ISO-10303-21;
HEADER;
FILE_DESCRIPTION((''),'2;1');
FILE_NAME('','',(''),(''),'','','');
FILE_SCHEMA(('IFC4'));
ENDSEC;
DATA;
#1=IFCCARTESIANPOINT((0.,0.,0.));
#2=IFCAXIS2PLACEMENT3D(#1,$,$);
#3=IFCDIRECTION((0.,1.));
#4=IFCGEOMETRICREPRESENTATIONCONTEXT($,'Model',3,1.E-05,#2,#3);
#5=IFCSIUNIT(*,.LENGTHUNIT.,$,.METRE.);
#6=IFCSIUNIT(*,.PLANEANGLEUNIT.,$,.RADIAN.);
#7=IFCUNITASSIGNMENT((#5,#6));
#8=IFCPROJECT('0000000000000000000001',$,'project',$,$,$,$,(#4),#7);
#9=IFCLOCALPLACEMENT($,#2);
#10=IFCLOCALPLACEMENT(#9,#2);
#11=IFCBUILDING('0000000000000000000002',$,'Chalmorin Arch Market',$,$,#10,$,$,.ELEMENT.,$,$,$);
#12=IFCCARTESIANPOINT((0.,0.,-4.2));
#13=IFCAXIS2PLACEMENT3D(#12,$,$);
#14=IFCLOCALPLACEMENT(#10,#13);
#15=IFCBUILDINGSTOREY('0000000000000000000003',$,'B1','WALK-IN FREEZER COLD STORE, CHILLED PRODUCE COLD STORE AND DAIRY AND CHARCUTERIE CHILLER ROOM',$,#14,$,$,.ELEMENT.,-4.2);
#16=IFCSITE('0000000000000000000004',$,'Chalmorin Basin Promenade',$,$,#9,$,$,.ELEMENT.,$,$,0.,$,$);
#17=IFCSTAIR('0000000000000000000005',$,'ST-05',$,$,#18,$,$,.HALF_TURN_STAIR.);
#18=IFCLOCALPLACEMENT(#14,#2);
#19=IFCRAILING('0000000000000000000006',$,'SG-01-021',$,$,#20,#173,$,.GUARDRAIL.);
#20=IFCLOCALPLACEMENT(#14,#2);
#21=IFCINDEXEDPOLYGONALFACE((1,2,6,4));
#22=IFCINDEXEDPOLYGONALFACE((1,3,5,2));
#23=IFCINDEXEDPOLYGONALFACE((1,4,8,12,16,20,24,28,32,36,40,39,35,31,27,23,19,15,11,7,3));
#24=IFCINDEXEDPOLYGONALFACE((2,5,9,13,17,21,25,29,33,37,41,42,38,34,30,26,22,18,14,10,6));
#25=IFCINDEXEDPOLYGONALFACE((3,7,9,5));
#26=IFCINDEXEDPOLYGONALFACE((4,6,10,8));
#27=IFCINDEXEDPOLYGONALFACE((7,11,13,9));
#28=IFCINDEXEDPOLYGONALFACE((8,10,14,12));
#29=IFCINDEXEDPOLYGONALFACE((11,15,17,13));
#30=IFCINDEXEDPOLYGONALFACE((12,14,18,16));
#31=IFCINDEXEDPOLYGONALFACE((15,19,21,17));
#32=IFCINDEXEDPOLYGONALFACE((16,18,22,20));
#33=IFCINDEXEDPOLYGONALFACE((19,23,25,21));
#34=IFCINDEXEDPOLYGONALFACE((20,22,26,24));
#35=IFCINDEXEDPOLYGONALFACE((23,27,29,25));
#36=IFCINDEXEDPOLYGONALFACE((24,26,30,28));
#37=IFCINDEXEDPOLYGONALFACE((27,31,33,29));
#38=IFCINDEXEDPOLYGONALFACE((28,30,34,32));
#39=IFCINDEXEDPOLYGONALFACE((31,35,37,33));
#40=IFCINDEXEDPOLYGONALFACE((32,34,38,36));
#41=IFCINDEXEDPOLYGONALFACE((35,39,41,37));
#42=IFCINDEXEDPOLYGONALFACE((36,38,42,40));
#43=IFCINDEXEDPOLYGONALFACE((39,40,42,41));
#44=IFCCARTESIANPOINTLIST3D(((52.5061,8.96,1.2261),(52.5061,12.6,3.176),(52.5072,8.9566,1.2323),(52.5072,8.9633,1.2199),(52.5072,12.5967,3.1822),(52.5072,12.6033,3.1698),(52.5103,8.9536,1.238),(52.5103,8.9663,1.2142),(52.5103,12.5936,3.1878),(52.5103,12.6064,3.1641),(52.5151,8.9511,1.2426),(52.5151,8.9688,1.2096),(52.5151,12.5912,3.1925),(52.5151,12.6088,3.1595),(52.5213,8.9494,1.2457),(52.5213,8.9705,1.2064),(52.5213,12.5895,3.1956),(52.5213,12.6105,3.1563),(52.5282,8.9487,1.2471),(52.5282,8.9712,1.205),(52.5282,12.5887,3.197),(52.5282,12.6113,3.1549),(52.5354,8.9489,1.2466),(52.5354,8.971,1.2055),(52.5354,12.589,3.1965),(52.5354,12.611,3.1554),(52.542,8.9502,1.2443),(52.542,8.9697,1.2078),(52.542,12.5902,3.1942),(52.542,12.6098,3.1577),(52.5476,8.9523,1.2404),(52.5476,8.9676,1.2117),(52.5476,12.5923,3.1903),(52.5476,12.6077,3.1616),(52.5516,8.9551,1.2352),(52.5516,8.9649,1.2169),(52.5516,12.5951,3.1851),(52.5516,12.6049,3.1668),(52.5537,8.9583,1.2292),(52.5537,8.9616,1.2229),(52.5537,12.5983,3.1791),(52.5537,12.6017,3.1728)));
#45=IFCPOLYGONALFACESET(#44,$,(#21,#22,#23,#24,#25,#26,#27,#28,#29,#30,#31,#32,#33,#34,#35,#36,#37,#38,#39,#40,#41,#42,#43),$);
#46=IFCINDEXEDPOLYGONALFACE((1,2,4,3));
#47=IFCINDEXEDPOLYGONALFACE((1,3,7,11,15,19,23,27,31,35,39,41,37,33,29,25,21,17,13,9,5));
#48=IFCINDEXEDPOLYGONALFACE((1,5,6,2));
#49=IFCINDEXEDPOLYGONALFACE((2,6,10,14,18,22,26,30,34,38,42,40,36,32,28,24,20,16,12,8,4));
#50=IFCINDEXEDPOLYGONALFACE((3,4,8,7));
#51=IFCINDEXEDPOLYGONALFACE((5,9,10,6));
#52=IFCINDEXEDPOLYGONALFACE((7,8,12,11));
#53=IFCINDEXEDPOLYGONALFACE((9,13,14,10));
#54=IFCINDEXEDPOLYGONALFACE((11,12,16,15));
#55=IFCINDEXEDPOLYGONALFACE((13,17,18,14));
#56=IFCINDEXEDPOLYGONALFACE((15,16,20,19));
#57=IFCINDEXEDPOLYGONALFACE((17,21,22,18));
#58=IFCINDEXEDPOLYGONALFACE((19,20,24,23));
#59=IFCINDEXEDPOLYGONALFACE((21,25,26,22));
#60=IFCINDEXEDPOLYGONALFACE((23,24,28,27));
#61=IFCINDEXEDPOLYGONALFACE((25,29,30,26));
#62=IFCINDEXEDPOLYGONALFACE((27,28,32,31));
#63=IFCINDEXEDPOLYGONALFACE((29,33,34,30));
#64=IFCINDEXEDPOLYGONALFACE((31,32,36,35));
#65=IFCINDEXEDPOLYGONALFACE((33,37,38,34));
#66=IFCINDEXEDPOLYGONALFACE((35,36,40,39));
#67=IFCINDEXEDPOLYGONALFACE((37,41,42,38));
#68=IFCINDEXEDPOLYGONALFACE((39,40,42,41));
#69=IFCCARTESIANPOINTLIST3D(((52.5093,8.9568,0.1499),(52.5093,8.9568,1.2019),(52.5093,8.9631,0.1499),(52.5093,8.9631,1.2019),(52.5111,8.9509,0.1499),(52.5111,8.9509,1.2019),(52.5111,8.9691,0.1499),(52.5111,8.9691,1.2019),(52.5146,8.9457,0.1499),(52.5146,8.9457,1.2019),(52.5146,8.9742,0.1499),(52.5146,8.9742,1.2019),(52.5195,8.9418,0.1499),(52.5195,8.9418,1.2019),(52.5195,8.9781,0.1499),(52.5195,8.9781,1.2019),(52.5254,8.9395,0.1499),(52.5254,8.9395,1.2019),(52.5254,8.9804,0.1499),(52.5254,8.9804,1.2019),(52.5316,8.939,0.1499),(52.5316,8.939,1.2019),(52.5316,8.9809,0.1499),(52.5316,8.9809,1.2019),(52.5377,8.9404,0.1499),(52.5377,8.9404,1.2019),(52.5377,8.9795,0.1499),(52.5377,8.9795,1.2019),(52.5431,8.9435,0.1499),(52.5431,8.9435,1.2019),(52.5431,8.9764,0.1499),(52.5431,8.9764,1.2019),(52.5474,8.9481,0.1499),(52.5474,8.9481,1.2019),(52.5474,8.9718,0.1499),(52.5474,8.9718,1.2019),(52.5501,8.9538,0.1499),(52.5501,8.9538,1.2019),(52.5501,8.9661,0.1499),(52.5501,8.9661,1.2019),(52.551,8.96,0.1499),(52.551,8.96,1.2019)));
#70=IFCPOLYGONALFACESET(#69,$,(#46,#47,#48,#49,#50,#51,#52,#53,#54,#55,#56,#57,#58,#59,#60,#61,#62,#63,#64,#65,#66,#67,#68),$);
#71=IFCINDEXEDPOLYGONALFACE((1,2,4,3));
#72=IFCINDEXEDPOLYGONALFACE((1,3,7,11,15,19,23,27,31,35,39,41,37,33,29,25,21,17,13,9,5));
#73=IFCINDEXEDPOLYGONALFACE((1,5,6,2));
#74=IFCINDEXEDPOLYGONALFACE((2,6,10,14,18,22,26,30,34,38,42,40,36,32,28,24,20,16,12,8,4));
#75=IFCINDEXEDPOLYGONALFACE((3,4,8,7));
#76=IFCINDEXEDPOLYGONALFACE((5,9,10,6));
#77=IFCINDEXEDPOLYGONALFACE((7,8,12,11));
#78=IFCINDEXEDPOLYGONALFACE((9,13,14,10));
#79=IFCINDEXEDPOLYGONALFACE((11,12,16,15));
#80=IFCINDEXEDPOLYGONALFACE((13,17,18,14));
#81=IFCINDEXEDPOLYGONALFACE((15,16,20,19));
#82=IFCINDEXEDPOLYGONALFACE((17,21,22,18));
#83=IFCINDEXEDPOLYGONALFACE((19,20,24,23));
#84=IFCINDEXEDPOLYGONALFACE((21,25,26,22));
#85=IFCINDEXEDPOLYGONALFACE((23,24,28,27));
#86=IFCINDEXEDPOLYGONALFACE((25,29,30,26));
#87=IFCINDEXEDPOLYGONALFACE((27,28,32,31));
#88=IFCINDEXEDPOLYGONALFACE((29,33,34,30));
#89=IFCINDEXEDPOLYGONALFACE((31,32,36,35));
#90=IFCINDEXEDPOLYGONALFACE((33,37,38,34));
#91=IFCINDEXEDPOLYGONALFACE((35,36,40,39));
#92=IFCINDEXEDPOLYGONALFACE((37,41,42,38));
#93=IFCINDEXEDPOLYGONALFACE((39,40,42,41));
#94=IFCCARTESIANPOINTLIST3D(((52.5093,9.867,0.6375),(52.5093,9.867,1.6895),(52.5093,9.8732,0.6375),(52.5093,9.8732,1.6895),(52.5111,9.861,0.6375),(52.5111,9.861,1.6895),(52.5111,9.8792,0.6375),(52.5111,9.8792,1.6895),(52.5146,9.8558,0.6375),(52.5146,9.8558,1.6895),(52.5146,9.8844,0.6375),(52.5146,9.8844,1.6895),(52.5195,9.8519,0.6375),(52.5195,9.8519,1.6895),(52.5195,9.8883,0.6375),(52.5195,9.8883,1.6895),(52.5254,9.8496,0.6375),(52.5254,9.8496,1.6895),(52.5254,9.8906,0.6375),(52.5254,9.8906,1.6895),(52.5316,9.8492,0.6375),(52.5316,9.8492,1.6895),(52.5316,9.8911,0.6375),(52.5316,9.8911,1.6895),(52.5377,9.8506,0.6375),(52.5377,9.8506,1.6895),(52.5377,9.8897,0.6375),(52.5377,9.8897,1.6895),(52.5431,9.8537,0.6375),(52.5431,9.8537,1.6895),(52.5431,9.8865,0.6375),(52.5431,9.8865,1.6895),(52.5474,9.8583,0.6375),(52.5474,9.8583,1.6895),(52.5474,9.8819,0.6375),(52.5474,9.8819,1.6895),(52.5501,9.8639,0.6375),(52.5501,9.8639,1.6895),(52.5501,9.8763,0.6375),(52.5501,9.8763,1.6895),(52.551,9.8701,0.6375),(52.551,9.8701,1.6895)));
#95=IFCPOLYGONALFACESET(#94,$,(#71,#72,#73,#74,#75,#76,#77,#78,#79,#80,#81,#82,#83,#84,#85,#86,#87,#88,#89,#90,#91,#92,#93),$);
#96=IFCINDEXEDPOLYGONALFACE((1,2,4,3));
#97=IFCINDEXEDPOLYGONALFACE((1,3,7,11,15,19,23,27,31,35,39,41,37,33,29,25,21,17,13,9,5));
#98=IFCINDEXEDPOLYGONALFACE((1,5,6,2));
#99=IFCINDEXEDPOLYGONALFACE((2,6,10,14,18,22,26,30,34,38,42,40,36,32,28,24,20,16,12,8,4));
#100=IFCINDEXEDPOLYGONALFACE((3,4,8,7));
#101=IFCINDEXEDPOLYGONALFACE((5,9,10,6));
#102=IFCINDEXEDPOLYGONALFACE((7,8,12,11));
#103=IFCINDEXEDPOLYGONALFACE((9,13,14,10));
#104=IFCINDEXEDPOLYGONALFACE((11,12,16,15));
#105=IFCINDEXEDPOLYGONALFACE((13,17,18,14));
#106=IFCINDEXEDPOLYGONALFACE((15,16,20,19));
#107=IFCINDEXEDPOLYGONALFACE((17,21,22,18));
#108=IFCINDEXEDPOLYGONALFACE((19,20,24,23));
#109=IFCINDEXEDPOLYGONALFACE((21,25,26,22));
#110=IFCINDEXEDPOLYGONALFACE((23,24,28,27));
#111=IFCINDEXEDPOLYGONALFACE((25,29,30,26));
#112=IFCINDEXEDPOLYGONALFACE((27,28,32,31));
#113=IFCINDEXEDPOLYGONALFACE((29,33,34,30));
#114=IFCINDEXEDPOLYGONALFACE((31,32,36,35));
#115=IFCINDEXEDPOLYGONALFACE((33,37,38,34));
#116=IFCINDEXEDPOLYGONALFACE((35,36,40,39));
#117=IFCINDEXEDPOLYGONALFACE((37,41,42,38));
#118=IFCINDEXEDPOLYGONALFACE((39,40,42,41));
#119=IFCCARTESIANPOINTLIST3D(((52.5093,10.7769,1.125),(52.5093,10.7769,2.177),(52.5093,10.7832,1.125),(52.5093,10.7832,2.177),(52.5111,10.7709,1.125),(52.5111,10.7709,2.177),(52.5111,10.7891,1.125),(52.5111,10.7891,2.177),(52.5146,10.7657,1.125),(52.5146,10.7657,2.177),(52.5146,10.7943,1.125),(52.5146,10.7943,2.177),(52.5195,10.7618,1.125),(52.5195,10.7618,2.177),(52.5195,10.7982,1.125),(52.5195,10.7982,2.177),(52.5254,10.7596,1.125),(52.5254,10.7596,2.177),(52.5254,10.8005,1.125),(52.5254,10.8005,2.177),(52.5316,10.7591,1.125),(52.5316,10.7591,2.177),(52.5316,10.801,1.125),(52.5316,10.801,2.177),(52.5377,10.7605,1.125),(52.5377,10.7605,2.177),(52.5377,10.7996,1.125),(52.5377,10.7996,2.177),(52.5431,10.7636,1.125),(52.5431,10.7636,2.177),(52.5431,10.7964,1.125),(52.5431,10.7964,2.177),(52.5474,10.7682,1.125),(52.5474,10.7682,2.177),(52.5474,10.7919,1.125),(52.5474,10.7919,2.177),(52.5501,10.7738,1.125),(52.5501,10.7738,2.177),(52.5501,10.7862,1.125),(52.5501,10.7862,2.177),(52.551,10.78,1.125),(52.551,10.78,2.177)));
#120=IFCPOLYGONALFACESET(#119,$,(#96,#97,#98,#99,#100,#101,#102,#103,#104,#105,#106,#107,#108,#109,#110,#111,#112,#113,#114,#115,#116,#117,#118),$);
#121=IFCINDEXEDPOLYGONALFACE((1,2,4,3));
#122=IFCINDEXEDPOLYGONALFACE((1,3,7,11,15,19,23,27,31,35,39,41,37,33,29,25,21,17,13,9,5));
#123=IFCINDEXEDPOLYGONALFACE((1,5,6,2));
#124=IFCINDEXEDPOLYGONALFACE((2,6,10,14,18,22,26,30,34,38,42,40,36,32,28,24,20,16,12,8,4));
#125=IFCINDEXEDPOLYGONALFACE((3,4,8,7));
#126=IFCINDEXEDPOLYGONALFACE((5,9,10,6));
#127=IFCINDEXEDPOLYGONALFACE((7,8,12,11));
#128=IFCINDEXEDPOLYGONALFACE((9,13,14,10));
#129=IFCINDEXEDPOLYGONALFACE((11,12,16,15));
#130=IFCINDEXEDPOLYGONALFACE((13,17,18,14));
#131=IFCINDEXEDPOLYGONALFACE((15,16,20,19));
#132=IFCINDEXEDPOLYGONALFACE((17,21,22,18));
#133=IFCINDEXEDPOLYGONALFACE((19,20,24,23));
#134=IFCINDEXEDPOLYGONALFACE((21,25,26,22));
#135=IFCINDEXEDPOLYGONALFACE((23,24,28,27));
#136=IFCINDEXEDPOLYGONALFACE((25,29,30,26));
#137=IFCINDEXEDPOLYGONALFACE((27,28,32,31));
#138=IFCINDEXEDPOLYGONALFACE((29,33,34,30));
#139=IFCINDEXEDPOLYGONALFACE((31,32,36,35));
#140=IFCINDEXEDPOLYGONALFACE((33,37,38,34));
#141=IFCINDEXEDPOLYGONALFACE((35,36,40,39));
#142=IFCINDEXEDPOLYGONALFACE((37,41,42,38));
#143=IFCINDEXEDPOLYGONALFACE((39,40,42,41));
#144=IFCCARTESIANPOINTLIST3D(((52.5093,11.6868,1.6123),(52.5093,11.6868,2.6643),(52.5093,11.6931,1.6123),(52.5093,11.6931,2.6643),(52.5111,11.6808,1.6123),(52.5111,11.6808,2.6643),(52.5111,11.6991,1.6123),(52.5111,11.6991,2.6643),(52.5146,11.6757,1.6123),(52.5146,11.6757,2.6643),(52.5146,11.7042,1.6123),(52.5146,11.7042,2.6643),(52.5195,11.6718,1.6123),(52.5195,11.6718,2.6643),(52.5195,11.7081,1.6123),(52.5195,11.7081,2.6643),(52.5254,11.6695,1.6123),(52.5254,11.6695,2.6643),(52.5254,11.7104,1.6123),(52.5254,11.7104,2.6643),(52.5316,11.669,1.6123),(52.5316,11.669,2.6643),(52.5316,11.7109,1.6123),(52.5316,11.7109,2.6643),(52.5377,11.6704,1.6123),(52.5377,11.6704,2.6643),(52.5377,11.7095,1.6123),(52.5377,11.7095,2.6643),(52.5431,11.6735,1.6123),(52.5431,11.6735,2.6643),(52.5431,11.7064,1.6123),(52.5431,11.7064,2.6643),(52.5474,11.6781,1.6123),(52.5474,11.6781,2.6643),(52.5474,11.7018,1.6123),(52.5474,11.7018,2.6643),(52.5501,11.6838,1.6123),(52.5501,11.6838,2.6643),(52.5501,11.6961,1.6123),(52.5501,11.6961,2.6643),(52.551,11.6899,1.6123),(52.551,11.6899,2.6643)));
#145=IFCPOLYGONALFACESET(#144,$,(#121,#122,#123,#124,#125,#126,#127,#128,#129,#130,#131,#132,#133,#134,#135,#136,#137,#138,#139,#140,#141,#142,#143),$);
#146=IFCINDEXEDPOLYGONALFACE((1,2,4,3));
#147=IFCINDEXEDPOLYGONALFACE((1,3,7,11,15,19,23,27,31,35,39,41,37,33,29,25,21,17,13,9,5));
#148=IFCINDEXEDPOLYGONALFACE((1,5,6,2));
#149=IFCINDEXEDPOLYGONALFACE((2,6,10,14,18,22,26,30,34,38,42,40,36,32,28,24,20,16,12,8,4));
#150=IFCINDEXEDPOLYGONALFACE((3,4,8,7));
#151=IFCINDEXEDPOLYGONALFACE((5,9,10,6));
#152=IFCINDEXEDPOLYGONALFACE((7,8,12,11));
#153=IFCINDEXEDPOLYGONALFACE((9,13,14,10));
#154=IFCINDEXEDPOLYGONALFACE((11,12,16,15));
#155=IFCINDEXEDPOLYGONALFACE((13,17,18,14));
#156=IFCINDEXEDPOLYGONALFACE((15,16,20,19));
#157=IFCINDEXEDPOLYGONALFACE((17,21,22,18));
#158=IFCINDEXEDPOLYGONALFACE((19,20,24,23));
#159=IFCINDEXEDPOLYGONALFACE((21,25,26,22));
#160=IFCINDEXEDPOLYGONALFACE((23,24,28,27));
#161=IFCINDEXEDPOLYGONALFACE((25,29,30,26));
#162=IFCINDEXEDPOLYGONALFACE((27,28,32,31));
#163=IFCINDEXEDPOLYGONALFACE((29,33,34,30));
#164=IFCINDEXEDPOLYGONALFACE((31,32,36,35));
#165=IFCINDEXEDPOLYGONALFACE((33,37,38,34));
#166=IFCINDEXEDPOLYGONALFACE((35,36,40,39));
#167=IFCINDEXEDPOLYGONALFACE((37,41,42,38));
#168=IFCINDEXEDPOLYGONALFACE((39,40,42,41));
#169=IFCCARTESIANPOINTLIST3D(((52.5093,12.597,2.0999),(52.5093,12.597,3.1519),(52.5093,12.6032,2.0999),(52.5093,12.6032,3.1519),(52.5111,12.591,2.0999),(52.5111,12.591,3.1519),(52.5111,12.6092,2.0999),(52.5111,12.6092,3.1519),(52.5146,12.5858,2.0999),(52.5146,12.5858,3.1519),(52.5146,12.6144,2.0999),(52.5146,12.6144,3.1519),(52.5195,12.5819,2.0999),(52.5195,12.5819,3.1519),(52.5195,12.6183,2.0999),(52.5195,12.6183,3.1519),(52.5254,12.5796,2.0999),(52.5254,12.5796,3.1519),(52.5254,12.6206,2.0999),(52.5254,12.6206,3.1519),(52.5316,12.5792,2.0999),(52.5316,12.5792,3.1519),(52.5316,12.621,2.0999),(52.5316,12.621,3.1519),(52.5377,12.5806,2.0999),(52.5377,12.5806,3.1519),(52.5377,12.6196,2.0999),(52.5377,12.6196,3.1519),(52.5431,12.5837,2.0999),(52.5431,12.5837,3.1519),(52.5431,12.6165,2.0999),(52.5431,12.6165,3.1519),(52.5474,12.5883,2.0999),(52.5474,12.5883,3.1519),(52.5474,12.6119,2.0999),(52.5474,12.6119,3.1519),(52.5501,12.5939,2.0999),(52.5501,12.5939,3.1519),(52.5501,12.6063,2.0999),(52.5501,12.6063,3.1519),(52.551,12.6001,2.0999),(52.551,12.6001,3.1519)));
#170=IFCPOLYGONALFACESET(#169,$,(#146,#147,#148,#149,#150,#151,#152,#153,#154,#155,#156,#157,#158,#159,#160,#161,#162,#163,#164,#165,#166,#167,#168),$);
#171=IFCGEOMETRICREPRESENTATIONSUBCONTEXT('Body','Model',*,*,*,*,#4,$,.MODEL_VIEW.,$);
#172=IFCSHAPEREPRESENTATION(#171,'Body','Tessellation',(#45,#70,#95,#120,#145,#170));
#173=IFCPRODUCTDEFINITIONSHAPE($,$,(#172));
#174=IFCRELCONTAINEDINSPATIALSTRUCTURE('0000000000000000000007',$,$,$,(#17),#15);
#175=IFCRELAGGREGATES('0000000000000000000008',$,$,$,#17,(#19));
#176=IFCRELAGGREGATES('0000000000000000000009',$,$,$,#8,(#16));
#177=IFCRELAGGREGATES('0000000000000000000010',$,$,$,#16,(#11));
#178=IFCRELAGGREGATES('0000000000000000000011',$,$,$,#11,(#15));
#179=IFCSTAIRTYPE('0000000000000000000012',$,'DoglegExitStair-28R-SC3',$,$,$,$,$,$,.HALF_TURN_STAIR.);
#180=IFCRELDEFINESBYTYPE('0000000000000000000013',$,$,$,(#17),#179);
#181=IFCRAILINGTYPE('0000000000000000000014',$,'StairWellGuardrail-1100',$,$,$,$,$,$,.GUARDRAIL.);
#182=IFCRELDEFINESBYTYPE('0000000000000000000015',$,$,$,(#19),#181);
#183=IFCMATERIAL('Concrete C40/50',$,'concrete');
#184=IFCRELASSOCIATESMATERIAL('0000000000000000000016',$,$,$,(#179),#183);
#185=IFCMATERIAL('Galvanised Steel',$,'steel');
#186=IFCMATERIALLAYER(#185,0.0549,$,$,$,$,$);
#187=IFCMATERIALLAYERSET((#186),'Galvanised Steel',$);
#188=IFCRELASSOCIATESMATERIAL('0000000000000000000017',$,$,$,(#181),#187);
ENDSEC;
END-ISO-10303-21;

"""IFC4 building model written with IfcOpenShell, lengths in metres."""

from ifc_helpers import new_model, si_unit, direction, frame, origin, origin_2d, place, context, subcontext, project, spatial, circle, extrude, material, layer, layer_set, type_object, element, aggregate, save


model = new_model("IFC4")

# Units and contexts
model_context = context("Model", 3, precision=1e-05, world=origin(), true_north=direction((0.0, 1.0)))
body_context = subcontext(model_context, "Body", "Model", "MODEL_VIEW")
ifc_project = project(units=[si_unit("LENGTHUNIT", "METRE"), si_unit("PLANEANGLEUNIT", "RADIAN")], contexts=[model_context])

# Site, building, storey
site_placement = place(None, origin())
site = spatial("IfcSite", under=ifc_project, at=site_placement, Name="Chalmorin Basin Promenade", CompositionType="ELEMENT", RefElevation=0.0)
building_placement = place(site_placement, origin())
building = spatial("IfcBuilding", under=site, at=building_placement, Name="Chalmorin Arch Market", CompositionType="ELEMENT")
storey_placement = place(building_placement, frame((0.0, 0.0, -4.2)))
storey = spatial("IfcBuildingStorey", under=building, at=storey_placement, Name="B1", Description="WALK-IN FREEZER COLD STORE, CHILLED PRODUCE COLD STORE AND DAIRY AND CHARCUTERIE CHILLER ROOM", CompositionType="ELEMENT", Elevation=-4.2)

# Shared definitions
ifc_material_1 = material(Name="Concrete C40/50", Category="concrete")

# Stair, railing
stair_type = type_object("IfcStairType", Name="DoglegExitStair-28R-SC3", PredefinedType="HALF_TURN_STAIR", material=ifc_material_1)
stair_placement = place(storey_placement, origin())
stair = element("IfcStair", 1, at=stair_placement, inside=storey, type_object=stair_type, Name="ST-05", PredefinedType="HALF_TURN_STAIR")
ifc_material_2 = material(Name="Galvanised Steel", Category="steel")
ifc_layer_1 = layer(ifc_material_2, 0.0549)
ifc_layer_set_1 = layer_set([ifc_layer_1], Name="Galvanised Steel")
railing_type_1 = type_object("IfcRailingType", Name="StairWellGuardrail-1100", PredefinedType="GUARDRAIL", material=ifc_layer_set_1)
railing_1_placement = place(storey_placement, frame((52.53, 8.96, 0.1499)))
railing_1 = element("IfcRailing", 2, at=railing_1_placement, type_object=railing_type_1, Name="SG-01-021", PredefinedType="GUARDRAIL", context=body_context, shape_type="SweptSolid", body=[
    extrude(circle(Radius=0.0239, at=origin_2d()), frame((0.0, 0.0, 1.0762), z_axis=(0.0, 0.881492, 0.472198), x_axis=(-1.0, 0.0, 0.0)), (0.0, 0.0, 1.0), 4.1294),
    extrude(circle(Radius=0.021, at=origin_2d()), origin(), (0.0, 0.0, 1.0), 1.052),
    extrude(circle(Radius=0.021, at=origin_2d()), frame((0.0, 0.9102, 0.4875)), (0.0, 0.0, 1.0), 1.052),
    extrude(circle(Radius=0.021, at=origin_2d()), frame((0.0, 1.8201, 0.9751)), (0.0, 0.0, 1.0), 1.052),
    extrude(circle(Radius=0.021, at=origin_2d()), frame((0.0, 2.73, 1.4624)), (0.0, 0.0, 1.0), 1.052),
    extrude(circle(Radius=0.021, at=origin_2d()), frame((0.0, 3.6401, 1.95)), (0.0, 0.0, 1.0), 1.052),
])
aggregate(stair, [railing_1])

save(model, "model.ifc")
